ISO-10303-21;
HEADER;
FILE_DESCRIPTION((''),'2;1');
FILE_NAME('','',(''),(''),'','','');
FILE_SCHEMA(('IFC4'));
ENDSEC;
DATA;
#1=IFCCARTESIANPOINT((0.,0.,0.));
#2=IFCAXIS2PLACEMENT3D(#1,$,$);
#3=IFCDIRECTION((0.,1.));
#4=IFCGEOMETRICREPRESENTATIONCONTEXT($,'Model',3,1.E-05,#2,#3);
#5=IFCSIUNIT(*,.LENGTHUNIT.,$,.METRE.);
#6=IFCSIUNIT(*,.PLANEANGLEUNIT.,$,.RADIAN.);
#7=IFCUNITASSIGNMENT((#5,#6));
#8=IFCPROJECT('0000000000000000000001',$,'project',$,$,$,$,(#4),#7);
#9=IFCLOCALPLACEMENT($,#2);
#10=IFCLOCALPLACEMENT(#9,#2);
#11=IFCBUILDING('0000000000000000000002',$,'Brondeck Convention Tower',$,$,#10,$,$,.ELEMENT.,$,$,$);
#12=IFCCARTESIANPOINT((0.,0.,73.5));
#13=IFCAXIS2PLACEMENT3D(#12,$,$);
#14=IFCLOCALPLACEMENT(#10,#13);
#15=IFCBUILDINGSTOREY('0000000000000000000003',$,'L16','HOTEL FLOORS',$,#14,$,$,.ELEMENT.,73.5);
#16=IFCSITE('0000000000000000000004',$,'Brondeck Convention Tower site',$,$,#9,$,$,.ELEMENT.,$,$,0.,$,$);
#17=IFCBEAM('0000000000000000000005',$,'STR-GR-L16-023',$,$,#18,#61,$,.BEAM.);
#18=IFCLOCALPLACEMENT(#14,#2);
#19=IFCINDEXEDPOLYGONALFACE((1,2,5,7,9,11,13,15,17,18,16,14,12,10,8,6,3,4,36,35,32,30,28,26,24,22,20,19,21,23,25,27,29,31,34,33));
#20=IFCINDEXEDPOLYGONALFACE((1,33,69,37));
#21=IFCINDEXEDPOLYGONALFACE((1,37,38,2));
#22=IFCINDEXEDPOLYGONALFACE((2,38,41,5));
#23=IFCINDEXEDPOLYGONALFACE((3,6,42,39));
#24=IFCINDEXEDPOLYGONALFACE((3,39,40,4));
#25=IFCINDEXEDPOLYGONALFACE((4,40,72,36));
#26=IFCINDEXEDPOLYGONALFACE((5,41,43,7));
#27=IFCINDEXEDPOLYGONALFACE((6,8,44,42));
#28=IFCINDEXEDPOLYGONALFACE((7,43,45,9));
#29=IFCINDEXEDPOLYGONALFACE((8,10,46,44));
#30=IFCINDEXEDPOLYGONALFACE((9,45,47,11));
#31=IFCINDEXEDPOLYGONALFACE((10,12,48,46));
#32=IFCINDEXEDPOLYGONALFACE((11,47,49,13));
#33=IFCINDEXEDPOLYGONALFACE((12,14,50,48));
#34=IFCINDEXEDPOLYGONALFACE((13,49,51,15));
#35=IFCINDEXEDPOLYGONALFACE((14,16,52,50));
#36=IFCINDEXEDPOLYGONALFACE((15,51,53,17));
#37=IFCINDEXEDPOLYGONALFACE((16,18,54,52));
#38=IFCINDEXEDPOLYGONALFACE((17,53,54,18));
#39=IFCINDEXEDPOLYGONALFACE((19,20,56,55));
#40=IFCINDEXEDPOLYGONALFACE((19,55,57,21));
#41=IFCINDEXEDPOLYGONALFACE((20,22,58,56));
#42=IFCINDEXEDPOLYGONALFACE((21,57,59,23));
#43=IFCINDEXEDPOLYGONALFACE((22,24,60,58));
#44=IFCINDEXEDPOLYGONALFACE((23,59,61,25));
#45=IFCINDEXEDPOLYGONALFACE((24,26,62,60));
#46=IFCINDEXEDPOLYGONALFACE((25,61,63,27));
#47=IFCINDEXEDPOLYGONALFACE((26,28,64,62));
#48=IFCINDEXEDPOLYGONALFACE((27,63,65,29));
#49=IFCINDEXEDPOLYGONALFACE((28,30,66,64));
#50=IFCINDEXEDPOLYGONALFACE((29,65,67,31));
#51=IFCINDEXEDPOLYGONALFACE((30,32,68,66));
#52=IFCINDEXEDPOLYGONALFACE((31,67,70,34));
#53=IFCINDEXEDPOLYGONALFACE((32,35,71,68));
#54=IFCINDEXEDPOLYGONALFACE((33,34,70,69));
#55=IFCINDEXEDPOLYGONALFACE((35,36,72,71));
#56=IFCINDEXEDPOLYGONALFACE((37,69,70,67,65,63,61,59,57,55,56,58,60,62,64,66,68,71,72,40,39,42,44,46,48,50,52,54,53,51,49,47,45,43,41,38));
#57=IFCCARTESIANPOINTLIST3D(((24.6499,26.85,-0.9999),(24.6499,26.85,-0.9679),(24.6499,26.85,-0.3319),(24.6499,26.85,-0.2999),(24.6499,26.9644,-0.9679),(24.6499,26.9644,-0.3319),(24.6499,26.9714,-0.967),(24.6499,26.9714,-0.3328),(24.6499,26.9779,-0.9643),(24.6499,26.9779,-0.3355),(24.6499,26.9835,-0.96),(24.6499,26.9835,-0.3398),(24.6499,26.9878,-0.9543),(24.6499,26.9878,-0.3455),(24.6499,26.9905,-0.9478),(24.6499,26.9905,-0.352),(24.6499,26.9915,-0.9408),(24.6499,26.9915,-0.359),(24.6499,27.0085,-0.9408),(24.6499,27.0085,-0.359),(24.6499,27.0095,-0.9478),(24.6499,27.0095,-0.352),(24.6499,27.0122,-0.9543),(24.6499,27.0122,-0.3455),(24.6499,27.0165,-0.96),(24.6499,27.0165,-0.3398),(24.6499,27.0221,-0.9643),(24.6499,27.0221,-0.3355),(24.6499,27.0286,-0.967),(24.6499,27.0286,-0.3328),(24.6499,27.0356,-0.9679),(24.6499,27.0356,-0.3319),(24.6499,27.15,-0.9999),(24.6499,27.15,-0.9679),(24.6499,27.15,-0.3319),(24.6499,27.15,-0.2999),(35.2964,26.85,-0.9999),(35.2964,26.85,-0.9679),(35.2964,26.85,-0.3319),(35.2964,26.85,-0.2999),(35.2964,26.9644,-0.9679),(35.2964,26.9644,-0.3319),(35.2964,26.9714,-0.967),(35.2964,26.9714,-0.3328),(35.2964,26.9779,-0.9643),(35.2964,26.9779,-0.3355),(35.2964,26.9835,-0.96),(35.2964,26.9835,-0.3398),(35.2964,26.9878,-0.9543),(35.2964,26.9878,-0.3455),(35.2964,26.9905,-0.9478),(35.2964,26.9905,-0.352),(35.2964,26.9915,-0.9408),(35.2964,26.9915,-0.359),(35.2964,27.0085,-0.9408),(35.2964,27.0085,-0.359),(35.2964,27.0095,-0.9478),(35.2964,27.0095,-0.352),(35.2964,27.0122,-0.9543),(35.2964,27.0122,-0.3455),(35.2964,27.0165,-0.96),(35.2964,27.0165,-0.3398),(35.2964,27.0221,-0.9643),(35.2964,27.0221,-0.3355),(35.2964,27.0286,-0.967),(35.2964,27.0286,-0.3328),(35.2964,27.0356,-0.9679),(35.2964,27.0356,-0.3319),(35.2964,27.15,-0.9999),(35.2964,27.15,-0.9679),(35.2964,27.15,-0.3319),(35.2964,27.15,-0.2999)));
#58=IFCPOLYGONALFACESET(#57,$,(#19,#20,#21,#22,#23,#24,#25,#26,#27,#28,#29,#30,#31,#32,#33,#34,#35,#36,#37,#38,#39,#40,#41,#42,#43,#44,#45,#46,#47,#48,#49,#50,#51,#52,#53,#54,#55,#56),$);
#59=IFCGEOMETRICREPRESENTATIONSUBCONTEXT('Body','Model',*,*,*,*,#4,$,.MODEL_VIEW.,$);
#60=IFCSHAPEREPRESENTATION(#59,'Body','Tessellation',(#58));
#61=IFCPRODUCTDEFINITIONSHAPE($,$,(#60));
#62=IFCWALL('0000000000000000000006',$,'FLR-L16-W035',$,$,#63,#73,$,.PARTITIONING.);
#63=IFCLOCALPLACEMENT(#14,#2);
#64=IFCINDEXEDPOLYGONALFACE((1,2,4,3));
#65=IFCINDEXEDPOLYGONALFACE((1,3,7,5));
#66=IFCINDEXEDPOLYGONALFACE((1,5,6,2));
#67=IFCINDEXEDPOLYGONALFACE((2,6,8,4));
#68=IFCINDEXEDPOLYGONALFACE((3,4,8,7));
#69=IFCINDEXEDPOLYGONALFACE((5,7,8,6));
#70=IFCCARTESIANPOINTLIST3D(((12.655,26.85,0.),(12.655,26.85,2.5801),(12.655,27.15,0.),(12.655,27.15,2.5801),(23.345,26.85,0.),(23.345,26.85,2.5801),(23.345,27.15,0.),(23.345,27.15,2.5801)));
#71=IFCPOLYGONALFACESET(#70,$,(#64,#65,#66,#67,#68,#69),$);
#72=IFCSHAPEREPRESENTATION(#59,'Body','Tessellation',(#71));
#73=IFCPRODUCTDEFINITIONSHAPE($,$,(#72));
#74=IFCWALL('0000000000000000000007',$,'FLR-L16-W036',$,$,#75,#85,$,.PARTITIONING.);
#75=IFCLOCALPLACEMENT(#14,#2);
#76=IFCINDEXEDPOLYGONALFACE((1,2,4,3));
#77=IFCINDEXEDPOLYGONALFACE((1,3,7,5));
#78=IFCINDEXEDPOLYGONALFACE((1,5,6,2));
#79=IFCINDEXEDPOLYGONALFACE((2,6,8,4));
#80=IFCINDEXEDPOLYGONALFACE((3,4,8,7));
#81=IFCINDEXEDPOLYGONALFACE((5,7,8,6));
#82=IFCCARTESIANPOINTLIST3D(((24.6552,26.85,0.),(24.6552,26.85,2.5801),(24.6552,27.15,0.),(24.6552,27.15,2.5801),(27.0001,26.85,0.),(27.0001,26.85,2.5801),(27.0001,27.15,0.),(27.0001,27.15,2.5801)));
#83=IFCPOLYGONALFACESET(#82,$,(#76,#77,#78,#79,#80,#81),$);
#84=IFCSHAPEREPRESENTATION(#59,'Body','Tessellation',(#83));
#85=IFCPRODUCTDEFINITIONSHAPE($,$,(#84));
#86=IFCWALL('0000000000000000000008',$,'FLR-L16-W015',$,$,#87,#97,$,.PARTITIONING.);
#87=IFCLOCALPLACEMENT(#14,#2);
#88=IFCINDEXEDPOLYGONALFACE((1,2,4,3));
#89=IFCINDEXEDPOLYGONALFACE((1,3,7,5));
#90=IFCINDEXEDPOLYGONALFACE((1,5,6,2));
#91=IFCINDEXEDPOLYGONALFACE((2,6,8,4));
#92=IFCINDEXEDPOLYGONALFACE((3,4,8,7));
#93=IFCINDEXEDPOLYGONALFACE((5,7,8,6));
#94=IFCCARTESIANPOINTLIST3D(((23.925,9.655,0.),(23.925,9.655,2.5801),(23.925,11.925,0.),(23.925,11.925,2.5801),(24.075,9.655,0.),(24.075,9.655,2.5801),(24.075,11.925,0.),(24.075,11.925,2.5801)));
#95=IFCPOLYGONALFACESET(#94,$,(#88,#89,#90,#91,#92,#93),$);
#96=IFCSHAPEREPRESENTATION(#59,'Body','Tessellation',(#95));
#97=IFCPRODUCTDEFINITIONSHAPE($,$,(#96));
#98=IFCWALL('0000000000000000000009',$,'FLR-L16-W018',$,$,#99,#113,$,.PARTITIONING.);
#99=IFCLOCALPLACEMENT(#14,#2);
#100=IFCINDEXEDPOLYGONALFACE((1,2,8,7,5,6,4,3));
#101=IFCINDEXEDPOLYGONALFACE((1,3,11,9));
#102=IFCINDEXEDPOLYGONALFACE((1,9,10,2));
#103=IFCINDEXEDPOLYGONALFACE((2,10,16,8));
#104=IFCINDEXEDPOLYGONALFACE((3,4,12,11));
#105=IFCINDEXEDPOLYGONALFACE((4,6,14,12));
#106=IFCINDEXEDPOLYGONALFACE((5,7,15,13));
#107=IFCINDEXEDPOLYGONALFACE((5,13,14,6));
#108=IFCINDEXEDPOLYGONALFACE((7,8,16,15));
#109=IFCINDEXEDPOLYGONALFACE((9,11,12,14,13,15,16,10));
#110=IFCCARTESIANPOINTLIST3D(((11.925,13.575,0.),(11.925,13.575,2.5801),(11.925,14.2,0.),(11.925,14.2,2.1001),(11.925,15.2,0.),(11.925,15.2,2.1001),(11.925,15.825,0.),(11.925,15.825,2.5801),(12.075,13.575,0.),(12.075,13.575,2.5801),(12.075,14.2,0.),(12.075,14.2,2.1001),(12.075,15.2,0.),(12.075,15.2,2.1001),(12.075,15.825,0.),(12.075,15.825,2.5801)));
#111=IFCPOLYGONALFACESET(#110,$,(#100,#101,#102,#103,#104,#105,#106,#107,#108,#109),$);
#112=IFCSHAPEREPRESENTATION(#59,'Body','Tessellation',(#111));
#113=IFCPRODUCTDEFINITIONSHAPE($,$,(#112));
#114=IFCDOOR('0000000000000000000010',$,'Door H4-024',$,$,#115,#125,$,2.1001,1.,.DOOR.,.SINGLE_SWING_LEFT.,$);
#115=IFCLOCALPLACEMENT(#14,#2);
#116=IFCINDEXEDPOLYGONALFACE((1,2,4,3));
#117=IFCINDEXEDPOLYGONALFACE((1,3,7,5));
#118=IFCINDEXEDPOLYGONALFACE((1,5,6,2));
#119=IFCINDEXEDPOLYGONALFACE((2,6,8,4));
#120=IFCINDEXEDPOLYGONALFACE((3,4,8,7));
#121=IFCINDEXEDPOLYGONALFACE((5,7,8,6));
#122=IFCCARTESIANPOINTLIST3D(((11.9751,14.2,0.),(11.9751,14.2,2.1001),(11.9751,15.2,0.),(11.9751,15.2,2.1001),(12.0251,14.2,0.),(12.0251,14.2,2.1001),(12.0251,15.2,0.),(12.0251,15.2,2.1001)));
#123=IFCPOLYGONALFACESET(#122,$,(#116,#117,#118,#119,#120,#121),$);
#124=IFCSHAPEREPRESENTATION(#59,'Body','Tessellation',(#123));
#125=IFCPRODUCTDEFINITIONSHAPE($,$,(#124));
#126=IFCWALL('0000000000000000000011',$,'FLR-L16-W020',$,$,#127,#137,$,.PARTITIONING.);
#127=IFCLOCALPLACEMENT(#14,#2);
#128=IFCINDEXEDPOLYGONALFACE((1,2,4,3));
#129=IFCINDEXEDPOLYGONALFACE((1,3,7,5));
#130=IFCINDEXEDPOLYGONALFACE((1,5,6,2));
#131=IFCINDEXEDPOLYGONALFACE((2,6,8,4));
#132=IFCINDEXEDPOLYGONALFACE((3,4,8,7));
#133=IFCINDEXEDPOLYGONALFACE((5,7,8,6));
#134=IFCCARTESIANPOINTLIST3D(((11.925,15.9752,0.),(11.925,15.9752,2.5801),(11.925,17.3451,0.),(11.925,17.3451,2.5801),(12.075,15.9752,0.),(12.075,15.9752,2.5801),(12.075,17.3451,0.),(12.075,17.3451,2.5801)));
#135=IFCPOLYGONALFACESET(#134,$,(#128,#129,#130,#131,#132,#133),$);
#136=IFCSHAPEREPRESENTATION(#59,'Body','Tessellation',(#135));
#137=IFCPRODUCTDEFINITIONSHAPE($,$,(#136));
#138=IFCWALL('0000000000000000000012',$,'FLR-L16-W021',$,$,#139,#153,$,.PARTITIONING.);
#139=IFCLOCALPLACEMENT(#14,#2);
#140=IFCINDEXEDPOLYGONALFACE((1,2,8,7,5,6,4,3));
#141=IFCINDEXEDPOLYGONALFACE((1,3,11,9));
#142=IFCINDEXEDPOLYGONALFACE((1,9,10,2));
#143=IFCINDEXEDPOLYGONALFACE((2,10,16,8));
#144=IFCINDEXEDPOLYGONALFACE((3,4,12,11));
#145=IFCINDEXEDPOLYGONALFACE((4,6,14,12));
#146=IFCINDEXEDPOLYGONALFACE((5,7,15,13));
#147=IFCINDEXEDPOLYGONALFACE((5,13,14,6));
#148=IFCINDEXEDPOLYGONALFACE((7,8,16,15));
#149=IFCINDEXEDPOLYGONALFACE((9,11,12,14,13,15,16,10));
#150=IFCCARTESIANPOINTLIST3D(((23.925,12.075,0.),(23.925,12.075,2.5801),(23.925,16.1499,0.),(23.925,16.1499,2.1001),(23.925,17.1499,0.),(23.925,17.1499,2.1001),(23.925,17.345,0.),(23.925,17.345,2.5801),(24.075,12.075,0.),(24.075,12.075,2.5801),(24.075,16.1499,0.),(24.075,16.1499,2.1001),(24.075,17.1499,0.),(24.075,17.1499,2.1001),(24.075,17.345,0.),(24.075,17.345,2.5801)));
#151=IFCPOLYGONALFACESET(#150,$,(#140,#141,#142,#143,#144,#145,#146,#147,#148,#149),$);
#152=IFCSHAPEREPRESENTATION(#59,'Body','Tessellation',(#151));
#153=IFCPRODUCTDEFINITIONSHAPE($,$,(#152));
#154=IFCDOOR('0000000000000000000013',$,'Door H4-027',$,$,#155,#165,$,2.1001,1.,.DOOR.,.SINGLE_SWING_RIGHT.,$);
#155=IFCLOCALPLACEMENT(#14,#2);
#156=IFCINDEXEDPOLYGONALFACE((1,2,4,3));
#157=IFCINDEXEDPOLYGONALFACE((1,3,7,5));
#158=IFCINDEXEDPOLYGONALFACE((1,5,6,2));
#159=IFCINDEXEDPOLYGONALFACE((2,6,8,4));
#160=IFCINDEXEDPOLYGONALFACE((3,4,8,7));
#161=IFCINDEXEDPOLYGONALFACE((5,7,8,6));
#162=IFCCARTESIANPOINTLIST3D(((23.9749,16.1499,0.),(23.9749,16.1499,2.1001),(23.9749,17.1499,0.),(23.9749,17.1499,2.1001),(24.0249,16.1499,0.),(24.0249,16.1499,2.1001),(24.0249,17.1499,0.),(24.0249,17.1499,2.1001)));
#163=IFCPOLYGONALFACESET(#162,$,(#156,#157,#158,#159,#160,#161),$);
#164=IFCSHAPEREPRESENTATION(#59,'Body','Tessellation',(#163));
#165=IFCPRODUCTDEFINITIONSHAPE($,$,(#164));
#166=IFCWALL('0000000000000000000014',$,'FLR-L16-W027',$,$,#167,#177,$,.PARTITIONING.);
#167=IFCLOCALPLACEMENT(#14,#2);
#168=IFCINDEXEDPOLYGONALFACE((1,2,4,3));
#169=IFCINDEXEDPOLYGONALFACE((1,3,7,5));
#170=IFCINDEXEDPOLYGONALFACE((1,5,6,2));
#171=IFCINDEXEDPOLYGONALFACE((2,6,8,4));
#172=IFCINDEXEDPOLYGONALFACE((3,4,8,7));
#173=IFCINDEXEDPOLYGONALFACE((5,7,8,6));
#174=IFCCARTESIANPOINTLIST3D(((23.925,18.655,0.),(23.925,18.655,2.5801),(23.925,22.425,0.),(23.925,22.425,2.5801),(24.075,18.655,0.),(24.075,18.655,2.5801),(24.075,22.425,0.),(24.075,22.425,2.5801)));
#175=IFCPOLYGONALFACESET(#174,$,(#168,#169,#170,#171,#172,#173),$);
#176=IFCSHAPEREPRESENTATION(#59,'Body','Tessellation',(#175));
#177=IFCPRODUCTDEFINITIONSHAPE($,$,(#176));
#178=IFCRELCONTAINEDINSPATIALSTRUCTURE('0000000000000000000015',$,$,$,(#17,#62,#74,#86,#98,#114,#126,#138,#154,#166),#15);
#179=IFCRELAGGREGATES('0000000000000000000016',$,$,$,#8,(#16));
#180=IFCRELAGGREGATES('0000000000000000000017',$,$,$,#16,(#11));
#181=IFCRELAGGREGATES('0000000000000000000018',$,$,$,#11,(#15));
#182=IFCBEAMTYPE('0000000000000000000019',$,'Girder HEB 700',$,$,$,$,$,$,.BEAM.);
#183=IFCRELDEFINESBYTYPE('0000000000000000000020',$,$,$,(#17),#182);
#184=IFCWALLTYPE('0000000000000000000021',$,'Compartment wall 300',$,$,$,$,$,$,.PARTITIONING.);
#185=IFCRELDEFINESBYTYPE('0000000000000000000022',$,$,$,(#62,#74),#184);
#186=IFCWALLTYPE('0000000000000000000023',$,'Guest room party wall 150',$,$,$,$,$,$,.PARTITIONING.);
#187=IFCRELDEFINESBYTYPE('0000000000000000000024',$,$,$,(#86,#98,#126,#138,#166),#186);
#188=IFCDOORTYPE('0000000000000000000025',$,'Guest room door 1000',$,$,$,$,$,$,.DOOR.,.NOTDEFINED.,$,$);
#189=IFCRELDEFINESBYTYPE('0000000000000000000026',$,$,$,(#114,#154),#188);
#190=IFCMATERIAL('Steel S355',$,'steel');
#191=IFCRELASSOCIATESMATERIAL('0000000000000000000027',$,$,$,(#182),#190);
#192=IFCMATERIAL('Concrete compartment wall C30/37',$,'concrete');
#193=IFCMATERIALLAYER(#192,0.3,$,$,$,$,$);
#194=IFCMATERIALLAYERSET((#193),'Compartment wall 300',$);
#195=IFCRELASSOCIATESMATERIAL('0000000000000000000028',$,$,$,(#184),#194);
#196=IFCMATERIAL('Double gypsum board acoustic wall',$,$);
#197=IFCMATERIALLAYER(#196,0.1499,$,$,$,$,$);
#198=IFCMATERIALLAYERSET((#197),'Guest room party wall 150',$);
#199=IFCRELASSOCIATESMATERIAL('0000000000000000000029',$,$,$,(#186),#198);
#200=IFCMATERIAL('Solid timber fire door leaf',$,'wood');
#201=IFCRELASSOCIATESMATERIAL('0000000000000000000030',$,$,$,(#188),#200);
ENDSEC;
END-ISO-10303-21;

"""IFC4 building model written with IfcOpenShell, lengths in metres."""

from ifc_helpers import new_model, si_unit, direction, frame, frame_2d, origin, origin_2d, place, context, subcontext, project, spatial, rectangle, i_section, extrude, material, layer, layer_set, material_profile, profile_set, type_object, element, fill, save


model = new_model("IFC4")

# Units and contexts
model_context = context("Model", 3, precision=1e-05, world=origin(), true_north=direction((0.0, 1.0)))
body_context = subcontext(model_context, "Body", "Model", "MODEL_VIEW")
ifc_project = project(units=[si_unit("LENGTHUNIT", "METRE"), si_unit("PLANEANGLEUNIT", "RADIAN")], contexts=[model_context])

# Site, building, storey
site_placement = place(None, origin())
site = spatial("IfcSite", under=ifc_project, at=site_placement, Name="Brondeck Convention Tower site", CompositionType="ELEMENT", RefElevation=0.0)
building_placement = place(site_placement, origin())
building = spatial("IfcBuilding", under=site, at=building_placement, Name="Brondeck Convention Tower", CompositionType="ELEMENT")
storey_placement = place(building_placement, frame((0.0, 0.0, 73.5)))
storey = spatial("IfcBuildingStorey", under=building, at=storey_placement, Name="L16", Description="HOTEL FLOORS", CompositionType="ELEMENT", Elevation=73.5)

# Beam
ifc_material_1 = material(Name="Steel S355", Category="steel")
ifc_material_profile_1 = material_profile(ifc_material_1, i_section(OverallWidth=0.3, OverallDepth=0.7, WebThickness=0.0171, FlangeThickness=0.032, FilletRadius=0.0271, at=origin_2d()), Name="HEB 700")
ifc_profile_set_1 = profile_set([ifc_material_profile_1], Name="Steel S355")
beam_type_1 = type_object("IfcBeamType", Name="Girder HEB 700", PredefinedType="BEAM", material=ifc_profile_set_1)
beam_1_placement = place(storey_placement, frame((24.6499, 27.0, -0.6499), z_axis=(1.0, 0.0, 0.0), x_axis=(0.0, 1.0, 0.0)))
element("IfcBeam", 1, at=beam_1_placement, inside=storey, type_object=beam_type_1, Name="STR-GR-L16-023", PredefinedType="BEAM", context=body_context, shape_type="SweptSolid", body=[
    extrude(i_section(OverallWidth=0.3, OverallDepth=0.7, WebThickness=0.0171, FlangeThickness=0.032, FilletRadius=0.0271, at=origin_2d()), origin(), (0.0, 0.0, 1.0), 10.6465),
])

# Walls
ifc_material_2 = material(Name="Concrete compartment wall C30/37", Category="concrete")
ifc_layer_1 = layer(ifc_material_2, 0.3)
ifc_layer_set_1 = layer_set([ifc_layer_1], Name="Compartment wall 300")
wall_type_1 = type_object("IfcWallType", Name="Compartment wall 300", PredefinedType="PARTITIONING", material=ifc_layer_set_1)
wall_1_placement = place(storey_placement, frame((23.345, 27.0, 0.0), z_axis=(0.0, 0.0, 1.0), x_axis=(-1.0, 0.0, 0.0)))
element("IfcWall", 2, at=wall_1_placement, inside=storey, type_object=wall_type_1, Name="FLR-L16-W035", PredefinedType="PARTITIONING", context=body_context, shape_type="SweptSolid", body=[
    extrude(rectangle(XDim=10.6899, YDim=0.3, at=frame_2d((5.345, 0.0))), origin(), (0.0, 0.0, 1.0), 2.5801),
])
wall_2_placement = place(storey_placement, frame((27.0, 27.0, 0.0), z_axis=(0.0, 0.0, 1.0), x_axis=(-1.0, 0.0, 0.0)))
element("IfcWall", 3, at=wall_2_placement, inside=storey, type_object=wall_type_1, Name="FLR-L16-W036", PredefinedType="PARTITIONING", context=body_context, shape_type="SweptSolid", body=[
    extrude(rectangle(XDim=2.345, YDim=0.3, at=frame_2d((1.1724, 0.0))), origin(), (0.0, 0.0, 1.0), 2.5801),
])
ifc_material_3 = material(Name="Double gypsum board acoustic wall")
ifc_layer_2 = layer(ifc_material_3, 0.1499)
ifc_layer_set_2 = layer_set([ifc_layer_2], Name="Guest room party wall 150")
wall_type_2 = type_object("IfcWallType", Name="Guest room party wall 150", PredefinedType="PARTITIONING", material=ifc_layer_set_2)
wall_3_placement = place(storey_placement, frame((24.0, 11.925, 0.0), z_axis=(0.0, 0.0, 1.0), x_axis=(0.0, -1.0, 0.0)))
element("IfcWall", 4, at=wall_3_placement, inside=storey, type_object=wall_type_2, Name="FLR-L16-W015", PredefinedType="PARTITIONING", context=body_context, shape_type="SweptSolid", body=[
    extrude(rectangle(XDim=2.27, YDim=0.1499, at=frame_2d((1.135, 0.0))), origin(), (0.0, 0.0, 1.0), 2.5801),
])

# Wall, opening, door
wall_4_placement = place(storey_placement, frame((12.0, 13.575, 0.0), z_axis=(0.0, 0.0, 1.0), x_axis=(0.0, 1.0, 0.0)))
wall_4 = element("IfcWall", 5, at=wall_4_placement, inside=storey, type_object=wall_type_2, Name="FLR-L16-W018", PredefinedType="PARTITIONING", context=body_context, shape_type="SweptSolid", body=[
    extrude(rectangle(XDim=2.25, YDim=0.1499, at=frame_2d((1.125, 0.0))), origin(), (0.0, 0.0, 1.0), 2.5801),
])
opening_1_placement = place(wall_4_placement, frame((0.625, 0.0, 0.0)))
opening_1 = element("IfcOpeningElement", 6, at=opening_1_placement, cuts=wall_4, PredefinedType="OPENING", context=body_context, shape_type="SweptSolid", body=[
    extrude(rectangle(XDim=1.0, YDim=2.1001, at=frame_2d((0.5, 1.05))), frame((0.0, 0.085, 0.0), z_axis=(0.0, -1.0, 0.0), x_axis=(1.0, 0.0, 0.0)), (0.0, 0.0, 1.0), 0.1699),
])
ifc_material_4 = material(Name="Solid timber fire door leaf", Category="wood")
door_type_1 = type_object("IfcDoorType", Name="Guest room door 1000", OperationType="NOTDEFINED", PredefinedType="DOOR", material=ifc_material_4)
door_1_placement = place(opening_1_placement, origin())
door_1 = element("IfcDoor", 7, at=door_1_placement, inside=storey, type_object=door_type_1, Name="Door H4-024", OperationType="SINGLE_SWING_LEFT", OverallHeight=2.1001, OverallWidth=1.0, PredefinedType="DOOR", context=body_context, shape_type="SweptSolid", body=[
    extrude(rectangle(XDim=1.0, YDim=2.1001, at=frame_2d((0.5, 1.05))), frame((0.0, 0.0249, 0.0), z_axis=(0.0, -1.0, 0.0), x_axis=(1.0, 0.0, 0.0)), (0.0, 0.0, 1.0), 0.05),
])
fill(opening_1, door_1)

# Wall
wall_5_placement = place(storey_placement, frame((12.0, 15.9751, 0.0), z_axis=(0.0, 0.0, 1.0), x_axis=(0.0, 1.0, 0.0)))
element("IfcWall", 8, at=wall_5_placement, inside=storey, type_object=wall_type_2, Name="FLR-L16-W020", PredefinedType="PARTITIONING", context=body_context, shape_type="SweptSolid", body=[
    extrude(rectangle(XDim=1.3699, YDim=0.1499, at=frame_2d((0.6851, 0.0))), origin(), (0.0, 0.0, 1.0), 2.5801),
])

# Wall, opening, door
wall_6_placement = place(storey_placement, frame((24.0, 17.345, 0.0), z_axis=(0.0, 0.0, 1.0), x_axis=(0.0, -1.0, 0.0)))
wall_6 = element("IfcWall", 9, at=wall_6_placement, inside=storey, type_object=wall_type_2, Name="FLR-L16-W021", PredefinedType="PARTITIONING", context=body_context, shape_type="SweptSolid", body=[
    extrude(rectangle(XDim=5.27, YDim=0.1499, at=frame_2d((2.635, 0.0))), origin(), (0.0, 0.0, 1.0), 2.5801),
])
opening_2_placement = place(wall_6_placement, frame((0.1951, 0.0, 0.0)))
opening_2 = element("IfcOpeningElement", 10, at=opening_2_placement, cuts=wall_6, PredefinedType="OPENING", context=body_context, shape_type="SweptSolid", body=[
    extrude(rectangle(XDim=1.0, YDim=2.1001, at=frame_2d((0.5, 1.05))), frame((0.0, 0.085, 0.0), z_axis=(0.0, -1.0, 0.0), x_axis=(1.0, 0.0, 0.0)), (0.0, 0.0, 1.0), 0.1699),
])
door_2_placement = place(opening_2_placement, origin())
door_2 = element("IfcDoor", 11, at=door_2_placement, inside=storey, type_object=door_type_1, Name="Door H4-027", OperationType="SINGLE_SWING_RIGHT", OverallHeight=2.1001, OverallWidth=1.0, PredefinedType="DOOR", context=body_context, shape_type="SweptSolid", body=[
    extrude(rectangle(XDim=1.0, YDim=2.1001, at=frame_2d((0.5, 1.05))), frame((0.0, 0.0249, 0.0), z_axis=(0.0, -1.0, 0.0), x_axis=(1.0, 0.0, 0.0)), (0.0, 0.0, 1.0), 0.05),
])
fill(opening_2, door_2)

# Wall
wall_7_placement = place(storey_placement, frame((24.0, 22.425, 0.0), z_axis=(0.0, 0.0, 1.0), x_axis=(0.0, -1.0, 0.0)))
element("IfcWall", 12, at=wall_7_placement, inside=storey, type_object=wall_type_2, Name="FLR-L16-W027", PredefinedType="PARTITIONING", context=body_context, shape_type="SweptSolid", body=[
    extrude(rectangle(XDim=3.77, YDim=0.1499, at=frame_2d((1.885, 0.0))), origin(), (0.0, 0.0, 1.0), 2.5801),
])

save(model, "model.ifc")
